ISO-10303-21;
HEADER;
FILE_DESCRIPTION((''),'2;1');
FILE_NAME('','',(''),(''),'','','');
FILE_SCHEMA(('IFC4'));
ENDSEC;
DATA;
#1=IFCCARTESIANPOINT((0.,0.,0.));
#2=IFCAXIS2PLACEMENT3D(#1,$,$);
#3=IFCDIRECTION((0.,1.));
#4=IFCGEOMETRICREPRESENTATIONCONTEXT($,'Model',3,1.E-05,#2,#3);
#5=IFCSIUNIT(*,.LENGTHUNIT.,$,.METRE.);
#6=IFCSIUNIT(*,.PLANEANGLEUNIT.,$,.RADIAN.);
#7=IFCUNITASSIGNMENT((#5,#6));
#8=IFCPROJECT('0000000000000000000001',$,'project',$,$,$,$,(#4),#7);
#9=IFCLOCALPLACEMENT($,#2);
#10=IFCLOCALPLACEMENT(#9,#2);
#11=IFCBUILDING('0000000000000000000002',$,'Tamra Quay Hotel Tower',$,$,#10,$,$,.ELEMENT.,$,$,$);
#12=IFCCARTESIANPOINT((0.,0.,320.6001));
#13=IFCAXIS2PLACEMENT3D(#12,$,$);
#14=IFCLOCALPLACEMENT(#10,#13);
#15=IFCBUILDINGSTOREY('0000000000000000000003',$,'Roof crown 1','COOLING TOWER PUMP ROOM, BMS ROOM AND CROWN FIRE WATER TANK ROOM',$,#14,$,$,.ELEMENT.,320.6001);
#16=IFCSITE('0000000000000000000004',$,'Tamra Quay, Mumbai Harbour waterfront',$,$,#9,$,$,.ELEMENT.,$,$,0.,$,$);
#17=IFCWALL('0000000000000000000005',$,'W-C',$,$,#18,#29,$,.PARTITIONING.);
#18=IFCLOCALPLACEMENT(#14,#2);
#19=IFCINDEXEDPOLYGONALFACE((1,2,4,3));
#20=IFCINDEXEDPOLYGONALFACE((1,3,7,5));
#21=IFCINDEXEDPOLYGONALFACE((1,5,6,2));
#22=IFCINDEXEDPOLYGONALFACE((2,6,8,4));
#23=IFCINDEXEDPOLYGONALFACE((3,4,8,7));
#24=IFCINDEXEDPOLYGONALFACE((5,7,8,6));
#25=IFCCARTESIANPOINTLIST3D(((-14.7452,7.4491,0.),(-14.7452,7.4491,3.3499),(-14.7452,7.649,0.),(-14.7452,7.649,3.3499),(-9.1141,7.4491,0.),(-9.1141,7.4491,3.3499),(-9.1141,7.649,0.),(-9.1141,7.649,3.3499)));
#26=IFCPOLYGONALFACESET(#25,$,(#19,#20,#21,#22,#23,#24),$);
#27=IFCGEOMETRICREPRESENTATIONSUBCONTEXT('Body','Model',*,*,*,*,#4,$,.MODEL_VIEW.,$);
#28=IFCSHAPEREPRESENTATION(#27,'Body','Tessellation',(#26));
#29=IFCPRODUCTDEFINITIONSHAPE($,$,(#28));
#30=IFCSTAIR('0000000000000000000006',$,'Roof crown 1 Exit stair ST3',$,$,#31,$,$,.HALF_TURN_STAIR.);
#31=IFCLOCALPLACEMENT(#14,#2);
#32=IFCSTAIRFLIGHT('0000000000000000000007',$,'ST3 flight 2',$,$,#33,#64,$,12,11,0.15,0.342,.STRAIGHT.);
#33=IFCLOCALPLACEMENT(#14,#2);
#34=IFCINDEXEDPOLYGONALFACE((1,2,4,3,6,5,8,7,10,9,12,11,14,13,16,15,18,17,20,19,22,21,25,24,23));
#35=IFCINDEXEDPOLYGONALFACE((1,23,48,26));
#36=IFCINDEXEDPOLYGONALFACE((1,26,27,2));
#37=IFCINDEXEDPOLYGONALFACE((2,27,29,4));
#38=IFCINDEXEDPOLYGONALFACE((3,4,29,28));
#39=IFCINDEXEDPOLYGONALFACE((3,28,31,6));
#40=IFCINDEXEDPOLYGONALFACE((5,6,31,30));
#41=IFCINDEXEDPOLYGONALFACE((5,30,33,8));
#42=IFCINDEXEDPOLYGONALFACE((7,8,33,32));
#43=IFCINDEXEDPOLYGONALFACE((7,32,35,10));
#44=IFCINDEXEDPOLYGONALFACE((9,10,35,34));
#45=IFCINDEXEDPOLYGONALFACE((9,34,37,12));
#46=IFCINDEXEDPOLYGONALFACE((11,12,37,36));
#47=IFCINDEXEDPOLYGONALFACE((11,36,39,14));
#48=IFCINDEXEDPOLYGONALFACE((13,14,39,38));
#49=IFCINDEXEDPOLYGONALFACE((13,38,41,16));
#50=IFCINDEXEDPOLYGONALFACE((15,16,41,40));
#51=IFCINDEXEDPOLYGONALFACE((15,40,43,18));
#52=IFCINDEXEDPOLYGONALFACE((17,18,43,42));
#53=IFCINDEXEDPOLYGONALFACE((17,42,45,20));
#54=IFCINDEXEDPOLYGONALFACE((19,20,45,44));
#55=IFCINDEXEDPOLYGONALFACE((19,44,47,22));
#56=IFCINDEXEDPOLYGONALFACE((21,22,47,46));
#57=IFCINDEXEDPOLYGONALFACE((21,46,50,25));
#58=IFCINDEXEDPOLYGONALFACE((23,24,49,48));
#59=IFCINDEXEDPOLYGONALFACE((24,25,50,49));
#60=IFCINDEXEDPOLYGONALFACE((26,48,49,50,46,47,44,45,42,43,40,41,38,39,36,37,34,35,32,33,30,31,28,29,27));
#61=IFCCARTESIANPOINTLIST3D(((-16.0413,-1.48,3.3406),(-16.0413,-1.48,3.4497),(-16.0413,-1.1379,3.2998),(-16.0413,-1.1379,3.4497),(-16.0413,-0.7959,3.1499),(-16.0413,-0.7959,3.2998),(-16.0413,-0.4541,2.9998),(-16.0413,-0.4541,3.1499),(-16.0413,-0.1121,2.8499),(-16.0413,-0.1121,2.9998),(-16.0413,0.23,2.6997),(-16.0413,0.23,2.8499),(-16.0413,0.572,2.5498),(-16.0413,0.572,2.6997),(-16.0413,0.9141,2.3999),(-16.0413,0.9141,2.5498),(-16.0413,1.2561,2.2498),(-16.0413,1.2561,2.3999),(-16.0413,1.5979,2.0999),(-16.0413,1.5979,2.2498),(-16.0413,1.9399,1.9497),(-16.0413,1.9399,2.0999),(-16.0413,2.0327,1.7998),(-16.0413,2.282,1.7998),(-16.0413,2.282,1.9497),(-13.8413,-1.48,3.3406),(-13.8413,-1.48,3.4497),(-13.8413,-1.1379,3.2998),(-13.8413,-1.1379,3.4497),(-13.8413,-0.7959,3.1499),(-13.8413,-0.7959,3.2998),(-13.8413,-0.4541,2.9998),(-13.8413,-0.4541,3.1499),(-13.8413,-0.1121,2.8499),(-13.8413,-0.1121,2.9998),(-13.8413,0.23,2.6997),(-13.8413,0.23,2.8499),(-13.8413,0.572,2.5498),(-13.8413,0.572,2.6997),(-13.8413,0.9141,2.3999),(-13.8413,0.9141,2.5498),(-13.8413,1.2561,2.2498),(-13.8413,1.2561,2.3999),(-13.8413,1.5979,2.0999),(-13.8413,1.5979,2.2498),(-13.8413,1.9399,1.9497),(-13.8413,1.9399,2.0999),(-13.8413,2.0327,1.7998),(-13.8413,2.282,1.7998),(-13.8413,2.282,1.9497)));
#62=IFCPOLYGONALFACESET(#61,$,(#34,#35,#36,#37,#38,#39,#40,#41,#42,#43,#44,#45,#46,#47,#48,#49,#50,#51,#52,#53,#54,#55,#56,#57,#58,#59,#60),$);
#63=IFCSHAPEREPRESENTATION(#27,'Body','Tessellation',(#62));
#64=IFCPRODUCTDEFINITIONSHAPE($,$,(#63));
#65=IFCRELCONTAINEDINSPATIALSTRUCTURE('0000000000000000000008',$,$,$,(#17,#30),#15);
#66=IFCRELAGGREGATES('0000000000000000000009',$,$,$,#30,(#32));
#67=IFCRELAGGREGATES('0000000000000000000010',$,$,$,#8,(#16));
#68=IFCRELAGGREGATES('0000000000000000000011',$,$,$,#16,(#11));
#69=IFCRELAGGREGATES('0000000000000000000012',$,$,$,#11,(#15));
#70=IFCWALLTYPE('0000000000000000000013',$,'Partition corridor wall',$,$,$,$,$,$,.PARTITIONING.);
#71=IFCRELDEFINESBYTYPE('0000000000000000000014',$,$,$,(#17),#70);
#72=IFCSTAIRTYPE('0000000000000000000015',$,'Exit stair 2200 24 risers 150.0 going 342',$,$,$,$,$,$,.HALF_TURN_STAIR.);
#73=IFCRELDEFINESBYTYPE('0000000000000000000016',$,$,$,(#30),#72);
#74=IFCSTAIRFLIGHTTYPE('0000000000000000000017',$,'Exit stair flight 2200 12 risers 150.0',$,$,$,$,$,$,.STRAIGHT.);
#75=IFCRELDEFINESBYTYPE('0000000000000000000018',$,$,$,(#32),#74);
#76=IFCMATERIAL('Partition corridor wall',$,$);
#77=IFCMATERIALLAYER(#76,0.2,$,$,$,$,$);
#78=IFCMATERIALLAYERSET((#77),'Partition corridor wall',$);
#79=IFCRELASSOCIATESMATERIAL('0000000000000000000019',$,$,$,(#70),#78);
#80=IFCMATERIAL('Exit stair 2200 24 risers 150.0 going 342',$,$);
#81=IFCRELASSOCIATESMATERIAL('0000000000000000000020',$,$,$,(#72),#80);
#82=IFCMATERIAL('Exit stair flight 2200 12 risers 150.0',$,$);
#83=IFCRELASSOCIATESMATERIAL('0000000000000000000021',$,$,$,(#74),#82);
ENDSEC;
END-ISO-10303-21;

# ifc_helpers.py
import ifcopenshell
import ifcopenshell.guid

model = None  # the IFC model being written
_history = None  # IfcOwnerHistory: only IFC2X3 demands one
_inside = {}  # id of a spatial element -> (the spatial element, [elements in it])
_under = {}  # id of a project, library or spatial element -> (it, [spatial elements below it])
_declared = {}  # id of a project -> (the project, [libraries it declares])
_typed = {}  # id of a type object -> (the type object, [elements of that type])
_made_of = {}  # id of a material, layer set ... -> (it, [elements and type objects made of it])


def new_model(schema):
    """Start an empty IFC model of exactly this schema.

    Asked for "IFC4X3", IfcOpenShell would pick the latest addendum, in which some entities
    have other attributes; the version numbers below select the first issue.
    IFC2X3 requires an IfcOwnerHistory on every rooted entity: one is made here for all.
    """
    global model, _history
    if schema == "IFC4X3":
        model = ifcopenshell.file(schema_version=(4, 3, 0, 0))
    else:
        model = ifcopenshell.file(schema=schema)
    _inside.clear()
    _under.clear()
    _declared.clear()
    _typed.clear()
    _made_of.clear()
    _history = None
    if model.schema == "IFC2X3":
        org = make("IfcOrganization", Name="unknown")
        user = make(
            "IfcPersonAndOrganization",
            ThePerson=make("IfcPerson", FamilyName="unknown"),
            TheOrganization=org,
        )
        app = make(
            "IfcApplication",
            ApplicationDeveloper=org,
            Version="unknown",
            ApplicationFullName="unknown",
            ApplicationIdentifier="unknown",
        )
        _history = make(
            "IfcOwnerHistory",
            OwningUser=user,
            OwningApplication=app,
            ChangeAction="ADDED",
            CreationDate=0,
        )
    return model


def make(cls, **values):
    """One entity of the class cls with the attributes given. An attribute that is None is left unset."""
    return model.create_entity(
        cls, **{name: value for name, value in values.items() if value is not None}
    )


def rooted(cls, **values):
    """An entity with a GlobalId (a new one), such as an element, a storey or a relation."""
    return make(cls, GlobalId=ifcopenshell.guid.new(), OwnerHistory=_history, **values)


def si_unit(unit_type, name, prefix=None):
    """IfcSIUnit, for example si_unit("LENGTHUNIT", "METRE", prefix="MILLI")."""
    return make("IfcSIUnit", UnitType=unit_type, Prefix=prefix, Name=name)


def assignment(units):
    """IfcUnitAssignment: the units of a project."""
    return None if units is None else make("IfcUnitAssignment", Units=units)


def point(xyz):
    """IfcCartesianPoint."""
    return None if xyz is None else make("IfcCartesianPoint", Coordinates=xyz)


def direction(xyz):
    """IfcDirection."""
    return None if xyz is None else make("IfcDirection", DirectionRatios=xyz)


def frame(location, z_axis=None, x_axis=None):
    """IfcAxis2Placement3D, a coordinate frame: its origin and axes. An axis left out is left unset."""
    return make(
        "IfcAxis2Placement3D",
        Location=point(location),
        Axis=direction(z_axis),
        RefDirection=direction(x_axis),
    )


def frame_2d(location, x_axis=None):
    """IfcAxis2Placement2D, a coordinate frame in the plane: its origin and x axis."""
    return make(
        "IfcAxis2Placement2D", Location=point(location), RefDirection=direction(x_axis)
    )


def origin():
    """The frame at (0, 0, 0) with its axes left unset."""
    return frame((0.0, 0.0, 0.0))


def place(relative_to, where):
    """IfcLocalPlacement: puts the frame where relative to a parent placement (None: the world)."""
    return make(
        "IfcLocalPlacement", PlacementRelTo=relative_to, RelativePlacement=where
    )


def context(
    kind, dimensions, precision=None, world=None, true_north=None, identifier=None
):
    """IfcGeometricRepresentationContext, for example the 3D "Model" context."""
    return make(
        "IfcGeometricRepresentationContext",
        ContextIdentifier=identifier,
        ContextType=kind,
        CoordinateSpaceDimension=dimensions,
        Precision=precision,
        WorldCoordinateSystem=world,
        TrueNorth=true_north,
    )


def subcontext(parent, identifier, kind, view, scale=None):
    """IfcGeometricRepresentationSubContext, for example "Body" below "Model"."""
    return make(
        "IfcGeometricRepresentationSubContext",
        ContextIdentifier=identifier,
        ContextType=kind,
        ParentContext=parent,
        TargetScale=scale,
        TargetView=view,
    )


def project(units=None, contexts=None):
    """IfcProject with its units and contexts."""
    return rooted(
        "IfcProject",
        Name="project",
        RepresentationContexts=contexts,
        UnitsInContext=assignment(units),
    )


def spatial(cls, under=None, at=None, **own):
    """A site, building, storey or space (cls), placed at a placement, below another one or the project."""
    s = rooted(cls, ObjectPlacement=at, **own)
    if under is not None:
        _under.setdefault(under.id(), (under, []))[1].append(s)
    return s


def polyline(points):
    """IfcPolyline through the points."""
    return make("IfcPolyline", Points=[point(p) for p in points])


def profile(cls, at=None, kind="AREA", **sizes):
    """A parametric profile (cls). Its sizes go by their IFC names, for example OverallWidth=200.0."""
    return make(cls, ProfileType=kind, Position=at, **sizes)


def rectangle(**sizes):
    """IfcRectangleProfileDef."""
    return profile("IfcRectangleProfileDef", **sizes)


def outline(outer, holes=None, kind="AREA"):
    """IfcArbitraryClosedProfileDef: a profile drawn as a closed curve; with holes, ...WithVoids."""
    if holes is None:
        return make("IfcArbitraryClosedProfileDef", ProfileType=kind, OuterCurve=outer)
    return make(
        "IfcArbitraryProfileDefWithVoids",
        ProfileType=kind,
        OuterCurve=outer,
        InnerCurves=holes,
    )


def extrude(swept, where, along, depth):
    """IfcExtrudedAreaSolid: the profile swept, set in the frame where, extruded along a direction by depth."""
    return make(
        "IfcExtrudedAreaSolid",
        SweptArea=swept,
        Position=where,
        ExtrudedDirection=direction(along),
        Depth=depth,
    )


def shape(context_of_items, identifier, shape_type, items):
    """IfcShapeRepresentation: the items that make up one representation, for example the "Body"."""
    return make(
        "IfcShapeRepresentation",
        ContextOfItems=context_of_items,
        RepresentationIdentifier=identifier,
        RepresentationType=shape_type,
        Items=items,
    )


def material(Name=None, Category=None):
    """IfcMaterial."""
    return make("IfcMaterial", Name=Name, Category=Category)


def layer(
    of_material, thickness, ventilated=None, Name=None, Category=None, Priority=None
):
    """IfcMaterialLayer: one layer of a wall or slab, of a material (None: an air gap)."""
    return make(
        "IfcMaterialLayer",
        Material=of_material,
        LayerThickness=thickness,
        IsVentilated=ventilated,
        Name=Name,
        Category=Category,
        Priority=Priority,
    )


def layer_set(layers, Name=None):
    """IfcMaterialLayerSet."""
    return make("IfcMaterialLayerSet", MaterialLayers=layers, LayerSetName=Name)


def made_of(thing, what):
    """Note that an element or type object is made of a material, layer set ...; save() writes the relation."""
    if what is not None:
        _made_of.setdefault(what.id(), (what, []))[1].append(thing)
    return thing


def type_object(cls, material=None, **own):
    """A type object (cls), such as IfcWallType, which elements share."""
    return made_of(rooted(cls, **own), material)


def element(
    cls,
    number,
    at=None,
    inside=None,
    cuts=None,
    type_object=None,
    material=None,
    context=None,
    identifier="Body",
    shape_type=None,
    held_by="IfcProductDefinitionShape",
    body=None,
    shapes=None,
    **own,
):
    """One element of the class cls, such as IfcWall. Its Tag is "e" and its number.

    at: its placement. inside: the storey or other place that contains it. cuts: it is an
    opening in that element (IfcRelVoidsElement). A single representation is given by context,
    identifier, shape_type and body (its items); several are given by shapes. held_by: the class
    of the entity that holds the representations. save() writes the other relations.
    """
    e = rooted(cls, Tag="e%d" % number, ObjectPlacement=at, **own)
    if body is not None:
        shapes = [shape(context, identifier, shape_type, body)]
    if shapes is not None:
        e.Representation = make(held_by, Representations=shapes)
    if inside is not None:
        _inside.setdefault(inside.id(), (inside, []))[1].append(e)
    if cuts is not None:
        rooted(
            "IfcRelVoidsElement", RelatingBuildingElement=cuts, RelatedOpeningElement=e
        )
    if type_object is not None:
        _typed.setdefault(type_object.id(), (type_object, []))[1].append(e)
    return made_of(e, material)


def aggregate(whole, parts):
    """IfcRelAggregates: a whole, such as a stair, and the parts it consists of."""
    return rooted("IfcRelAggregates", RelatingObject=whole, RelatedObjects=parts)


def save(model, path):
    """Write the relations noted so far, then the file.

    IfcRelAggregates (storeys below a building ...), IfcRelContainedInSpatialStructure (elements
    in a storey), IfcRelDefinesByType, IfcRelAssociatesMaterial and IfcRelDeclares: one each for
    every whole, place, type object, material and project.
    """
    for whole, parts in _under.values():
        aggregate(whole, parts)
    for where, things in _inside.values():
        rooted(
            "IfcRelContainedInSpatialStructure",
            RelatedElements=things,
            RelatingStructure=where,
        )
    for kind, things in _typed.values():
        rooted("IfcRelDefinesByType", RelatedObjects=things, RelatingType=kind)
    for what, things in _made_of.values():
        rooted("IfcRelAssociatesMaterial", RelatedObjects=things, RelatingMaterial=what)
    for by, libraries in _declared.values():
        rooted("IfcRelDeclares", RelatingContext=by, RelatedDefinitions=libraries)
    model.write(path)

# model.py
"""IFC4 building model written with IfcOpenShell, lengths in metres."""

from ifc_helpers import new_model, si_unit, direction, frame, frame_2d, origin, place, context, subcontext, project, spatial, polyline, rectangle, outline, extrude, material, layer, layer_set, type_object, element, aggregate, save


model = new_model("IFC4")

# Units and contexts
model_context = context("Model", 3, precision=1e-05, world=origin(), true_north=direction((0.0, 1.0)))
body_context = subcontext(model_context, "Body", "Model", "MODEL_VIEW")
ifc_project = project(units=[si_unit("LENGTHUNIT", "METRE"), si_unit("PLANEANGLEUNIT", "RADIAN")], contexts=[model_context])

# Site, building, storey
site_placement = place(None, origin())
site = spatial("IfcSite", under=ifc_project, at=site_placement, Name="Tamra Quay, Mumbai Harbour waterfront", CompositionType="ELEMENT", RefElevation=0.0)
building_placement = place(site_placement, origin())
building = spatial("IfcBuilding", under=site, at=building_placement, Name="Tamra Quay Hotel Tower", CompositionType="ELEMENT")
storey_placement = place(building_placement, frame((0.0, 0.0, 320.6001)))
storey = spatial("IfcBuildingStorey", under=building, at=storey_placement, Name="Roof crown 1", Description="COOLING TOWER PUMP ROOM, BMS ROOM AND CROWN FIRE WATER TANK ROOM", CompositionType="ELEMENT", Elevation=320.6001)

# Wall
ifc_material_1 = material(Name="Partition corridor wall")
ifc_layer_1 = layer(ifc_material_1, 0.2)
ifc_layer_set_1 = layer_set([ifc_layer_1], Name="Partition corridor wall")
wall_type_1 = type_object("IfcWallType", Name="Partition corridor wall", PredefinedType="PARTITIONING", material=ifc_layer_set_1)
wall_1_placement = place(storey_placement, frame((-14.7451, 7.5491, 0.0), z_axis=(0.0, 0.0, 1.0), x_axis=(1.0, 0.0, 0.0)))
element("IfcWall", 1, at=wall_1_placement, inside=storey, type_object=wall_type_1, Name="W-C", PredefinedType="PARTITIONING", context=body_context, shape_type="SweptSolid", body=[
    extrude(rectangle(XDim=5.6311, YDim=0.2, at=frame_2d((2.8154, 0.0))), origin(), (0.0, 0.0, 1.0), 3.3499),
])

# Stair, stair flight
ifc_material_2 = material(Name="Exit stair 2200 24 risers 150.0 going 342")
stair_type = type_object("IfcStairType", Name="Exit stair 2200 24 risers 150.0 going 342", PredefinedType="HALF_TURN_STAIR", material=ifc_material_2)
stair_placement = place(storey_placement, origin())
stair = element("IfcStair", 2, at=stair_placement, inside=storey, type_object=stair_type, Name="Roof crown 1 Exit stair ST3", PredefinedType="HALF_TURN_STAIR")
ifc_material_3 = material(Name="Exit stair flight 2200 12 risers 150.0")
stair_flight_type = type_object("IfcStairFlightType", Name="Exit stair flight 2200 12 risers 150.0", PredefinedType="STRAIGHT", material=ifc_material_3)
stair_flight_placement = place(storey_placement, frame((-14.9414, 2.282, 1.7998), z_axis=(0.0, 0.0, 1.0), x_axis=(0.0, -1.0, 0.0)))
stair_flight = element("IfcStairFlight", 3, at=stair_flight_placement, type_object=stair_flight_type, Name="ST3 flight 2", NumberOfRisers=12, NumberOfTreads=11, PredefinedType="STRAIGHT", RiserHeight=0.15, TreadLength=0.342, context=body_context, shape_type="SweptSolid", body=[
    extrude(outline(polyline([(0.0, 0.0), (0.0, 0.1499), (0.342, 0.1499), (0.342, 0.3), (0.6841, 0.3), (0.6841, 0.45), (1.0259, 0.45), (1.0259, 0.6001), (1.3679, 0.6001), (1.3679, 0.75), (1.71, 0.75), (1.71, 0.8999), (2.052, 0.8999), (2.052, 1.05), (2.394, 1.05), (2.394, 1.2), (2.7361, 1.2), (2.7361, 1.3501), (3.0779, 1.3501), (3.0779, 1.5), (3.4199, 1.5), (3.4199, 1.6499), (3.762, 1.6499), (3.762, 1.8), (3.762, 1.5408), (0.2493, 0.0), (0.0, 0.0)])), frame((0.0, 1.1001, 0.0), z_axis=(0.0, -1.0, 0.0), x_axis=(1.0, 0.0, 0.0)), (0.0, 0.0, 1.0), 2.2),
])
aggregate(stair, [stair_flight])

save(model, "model.ifc")
